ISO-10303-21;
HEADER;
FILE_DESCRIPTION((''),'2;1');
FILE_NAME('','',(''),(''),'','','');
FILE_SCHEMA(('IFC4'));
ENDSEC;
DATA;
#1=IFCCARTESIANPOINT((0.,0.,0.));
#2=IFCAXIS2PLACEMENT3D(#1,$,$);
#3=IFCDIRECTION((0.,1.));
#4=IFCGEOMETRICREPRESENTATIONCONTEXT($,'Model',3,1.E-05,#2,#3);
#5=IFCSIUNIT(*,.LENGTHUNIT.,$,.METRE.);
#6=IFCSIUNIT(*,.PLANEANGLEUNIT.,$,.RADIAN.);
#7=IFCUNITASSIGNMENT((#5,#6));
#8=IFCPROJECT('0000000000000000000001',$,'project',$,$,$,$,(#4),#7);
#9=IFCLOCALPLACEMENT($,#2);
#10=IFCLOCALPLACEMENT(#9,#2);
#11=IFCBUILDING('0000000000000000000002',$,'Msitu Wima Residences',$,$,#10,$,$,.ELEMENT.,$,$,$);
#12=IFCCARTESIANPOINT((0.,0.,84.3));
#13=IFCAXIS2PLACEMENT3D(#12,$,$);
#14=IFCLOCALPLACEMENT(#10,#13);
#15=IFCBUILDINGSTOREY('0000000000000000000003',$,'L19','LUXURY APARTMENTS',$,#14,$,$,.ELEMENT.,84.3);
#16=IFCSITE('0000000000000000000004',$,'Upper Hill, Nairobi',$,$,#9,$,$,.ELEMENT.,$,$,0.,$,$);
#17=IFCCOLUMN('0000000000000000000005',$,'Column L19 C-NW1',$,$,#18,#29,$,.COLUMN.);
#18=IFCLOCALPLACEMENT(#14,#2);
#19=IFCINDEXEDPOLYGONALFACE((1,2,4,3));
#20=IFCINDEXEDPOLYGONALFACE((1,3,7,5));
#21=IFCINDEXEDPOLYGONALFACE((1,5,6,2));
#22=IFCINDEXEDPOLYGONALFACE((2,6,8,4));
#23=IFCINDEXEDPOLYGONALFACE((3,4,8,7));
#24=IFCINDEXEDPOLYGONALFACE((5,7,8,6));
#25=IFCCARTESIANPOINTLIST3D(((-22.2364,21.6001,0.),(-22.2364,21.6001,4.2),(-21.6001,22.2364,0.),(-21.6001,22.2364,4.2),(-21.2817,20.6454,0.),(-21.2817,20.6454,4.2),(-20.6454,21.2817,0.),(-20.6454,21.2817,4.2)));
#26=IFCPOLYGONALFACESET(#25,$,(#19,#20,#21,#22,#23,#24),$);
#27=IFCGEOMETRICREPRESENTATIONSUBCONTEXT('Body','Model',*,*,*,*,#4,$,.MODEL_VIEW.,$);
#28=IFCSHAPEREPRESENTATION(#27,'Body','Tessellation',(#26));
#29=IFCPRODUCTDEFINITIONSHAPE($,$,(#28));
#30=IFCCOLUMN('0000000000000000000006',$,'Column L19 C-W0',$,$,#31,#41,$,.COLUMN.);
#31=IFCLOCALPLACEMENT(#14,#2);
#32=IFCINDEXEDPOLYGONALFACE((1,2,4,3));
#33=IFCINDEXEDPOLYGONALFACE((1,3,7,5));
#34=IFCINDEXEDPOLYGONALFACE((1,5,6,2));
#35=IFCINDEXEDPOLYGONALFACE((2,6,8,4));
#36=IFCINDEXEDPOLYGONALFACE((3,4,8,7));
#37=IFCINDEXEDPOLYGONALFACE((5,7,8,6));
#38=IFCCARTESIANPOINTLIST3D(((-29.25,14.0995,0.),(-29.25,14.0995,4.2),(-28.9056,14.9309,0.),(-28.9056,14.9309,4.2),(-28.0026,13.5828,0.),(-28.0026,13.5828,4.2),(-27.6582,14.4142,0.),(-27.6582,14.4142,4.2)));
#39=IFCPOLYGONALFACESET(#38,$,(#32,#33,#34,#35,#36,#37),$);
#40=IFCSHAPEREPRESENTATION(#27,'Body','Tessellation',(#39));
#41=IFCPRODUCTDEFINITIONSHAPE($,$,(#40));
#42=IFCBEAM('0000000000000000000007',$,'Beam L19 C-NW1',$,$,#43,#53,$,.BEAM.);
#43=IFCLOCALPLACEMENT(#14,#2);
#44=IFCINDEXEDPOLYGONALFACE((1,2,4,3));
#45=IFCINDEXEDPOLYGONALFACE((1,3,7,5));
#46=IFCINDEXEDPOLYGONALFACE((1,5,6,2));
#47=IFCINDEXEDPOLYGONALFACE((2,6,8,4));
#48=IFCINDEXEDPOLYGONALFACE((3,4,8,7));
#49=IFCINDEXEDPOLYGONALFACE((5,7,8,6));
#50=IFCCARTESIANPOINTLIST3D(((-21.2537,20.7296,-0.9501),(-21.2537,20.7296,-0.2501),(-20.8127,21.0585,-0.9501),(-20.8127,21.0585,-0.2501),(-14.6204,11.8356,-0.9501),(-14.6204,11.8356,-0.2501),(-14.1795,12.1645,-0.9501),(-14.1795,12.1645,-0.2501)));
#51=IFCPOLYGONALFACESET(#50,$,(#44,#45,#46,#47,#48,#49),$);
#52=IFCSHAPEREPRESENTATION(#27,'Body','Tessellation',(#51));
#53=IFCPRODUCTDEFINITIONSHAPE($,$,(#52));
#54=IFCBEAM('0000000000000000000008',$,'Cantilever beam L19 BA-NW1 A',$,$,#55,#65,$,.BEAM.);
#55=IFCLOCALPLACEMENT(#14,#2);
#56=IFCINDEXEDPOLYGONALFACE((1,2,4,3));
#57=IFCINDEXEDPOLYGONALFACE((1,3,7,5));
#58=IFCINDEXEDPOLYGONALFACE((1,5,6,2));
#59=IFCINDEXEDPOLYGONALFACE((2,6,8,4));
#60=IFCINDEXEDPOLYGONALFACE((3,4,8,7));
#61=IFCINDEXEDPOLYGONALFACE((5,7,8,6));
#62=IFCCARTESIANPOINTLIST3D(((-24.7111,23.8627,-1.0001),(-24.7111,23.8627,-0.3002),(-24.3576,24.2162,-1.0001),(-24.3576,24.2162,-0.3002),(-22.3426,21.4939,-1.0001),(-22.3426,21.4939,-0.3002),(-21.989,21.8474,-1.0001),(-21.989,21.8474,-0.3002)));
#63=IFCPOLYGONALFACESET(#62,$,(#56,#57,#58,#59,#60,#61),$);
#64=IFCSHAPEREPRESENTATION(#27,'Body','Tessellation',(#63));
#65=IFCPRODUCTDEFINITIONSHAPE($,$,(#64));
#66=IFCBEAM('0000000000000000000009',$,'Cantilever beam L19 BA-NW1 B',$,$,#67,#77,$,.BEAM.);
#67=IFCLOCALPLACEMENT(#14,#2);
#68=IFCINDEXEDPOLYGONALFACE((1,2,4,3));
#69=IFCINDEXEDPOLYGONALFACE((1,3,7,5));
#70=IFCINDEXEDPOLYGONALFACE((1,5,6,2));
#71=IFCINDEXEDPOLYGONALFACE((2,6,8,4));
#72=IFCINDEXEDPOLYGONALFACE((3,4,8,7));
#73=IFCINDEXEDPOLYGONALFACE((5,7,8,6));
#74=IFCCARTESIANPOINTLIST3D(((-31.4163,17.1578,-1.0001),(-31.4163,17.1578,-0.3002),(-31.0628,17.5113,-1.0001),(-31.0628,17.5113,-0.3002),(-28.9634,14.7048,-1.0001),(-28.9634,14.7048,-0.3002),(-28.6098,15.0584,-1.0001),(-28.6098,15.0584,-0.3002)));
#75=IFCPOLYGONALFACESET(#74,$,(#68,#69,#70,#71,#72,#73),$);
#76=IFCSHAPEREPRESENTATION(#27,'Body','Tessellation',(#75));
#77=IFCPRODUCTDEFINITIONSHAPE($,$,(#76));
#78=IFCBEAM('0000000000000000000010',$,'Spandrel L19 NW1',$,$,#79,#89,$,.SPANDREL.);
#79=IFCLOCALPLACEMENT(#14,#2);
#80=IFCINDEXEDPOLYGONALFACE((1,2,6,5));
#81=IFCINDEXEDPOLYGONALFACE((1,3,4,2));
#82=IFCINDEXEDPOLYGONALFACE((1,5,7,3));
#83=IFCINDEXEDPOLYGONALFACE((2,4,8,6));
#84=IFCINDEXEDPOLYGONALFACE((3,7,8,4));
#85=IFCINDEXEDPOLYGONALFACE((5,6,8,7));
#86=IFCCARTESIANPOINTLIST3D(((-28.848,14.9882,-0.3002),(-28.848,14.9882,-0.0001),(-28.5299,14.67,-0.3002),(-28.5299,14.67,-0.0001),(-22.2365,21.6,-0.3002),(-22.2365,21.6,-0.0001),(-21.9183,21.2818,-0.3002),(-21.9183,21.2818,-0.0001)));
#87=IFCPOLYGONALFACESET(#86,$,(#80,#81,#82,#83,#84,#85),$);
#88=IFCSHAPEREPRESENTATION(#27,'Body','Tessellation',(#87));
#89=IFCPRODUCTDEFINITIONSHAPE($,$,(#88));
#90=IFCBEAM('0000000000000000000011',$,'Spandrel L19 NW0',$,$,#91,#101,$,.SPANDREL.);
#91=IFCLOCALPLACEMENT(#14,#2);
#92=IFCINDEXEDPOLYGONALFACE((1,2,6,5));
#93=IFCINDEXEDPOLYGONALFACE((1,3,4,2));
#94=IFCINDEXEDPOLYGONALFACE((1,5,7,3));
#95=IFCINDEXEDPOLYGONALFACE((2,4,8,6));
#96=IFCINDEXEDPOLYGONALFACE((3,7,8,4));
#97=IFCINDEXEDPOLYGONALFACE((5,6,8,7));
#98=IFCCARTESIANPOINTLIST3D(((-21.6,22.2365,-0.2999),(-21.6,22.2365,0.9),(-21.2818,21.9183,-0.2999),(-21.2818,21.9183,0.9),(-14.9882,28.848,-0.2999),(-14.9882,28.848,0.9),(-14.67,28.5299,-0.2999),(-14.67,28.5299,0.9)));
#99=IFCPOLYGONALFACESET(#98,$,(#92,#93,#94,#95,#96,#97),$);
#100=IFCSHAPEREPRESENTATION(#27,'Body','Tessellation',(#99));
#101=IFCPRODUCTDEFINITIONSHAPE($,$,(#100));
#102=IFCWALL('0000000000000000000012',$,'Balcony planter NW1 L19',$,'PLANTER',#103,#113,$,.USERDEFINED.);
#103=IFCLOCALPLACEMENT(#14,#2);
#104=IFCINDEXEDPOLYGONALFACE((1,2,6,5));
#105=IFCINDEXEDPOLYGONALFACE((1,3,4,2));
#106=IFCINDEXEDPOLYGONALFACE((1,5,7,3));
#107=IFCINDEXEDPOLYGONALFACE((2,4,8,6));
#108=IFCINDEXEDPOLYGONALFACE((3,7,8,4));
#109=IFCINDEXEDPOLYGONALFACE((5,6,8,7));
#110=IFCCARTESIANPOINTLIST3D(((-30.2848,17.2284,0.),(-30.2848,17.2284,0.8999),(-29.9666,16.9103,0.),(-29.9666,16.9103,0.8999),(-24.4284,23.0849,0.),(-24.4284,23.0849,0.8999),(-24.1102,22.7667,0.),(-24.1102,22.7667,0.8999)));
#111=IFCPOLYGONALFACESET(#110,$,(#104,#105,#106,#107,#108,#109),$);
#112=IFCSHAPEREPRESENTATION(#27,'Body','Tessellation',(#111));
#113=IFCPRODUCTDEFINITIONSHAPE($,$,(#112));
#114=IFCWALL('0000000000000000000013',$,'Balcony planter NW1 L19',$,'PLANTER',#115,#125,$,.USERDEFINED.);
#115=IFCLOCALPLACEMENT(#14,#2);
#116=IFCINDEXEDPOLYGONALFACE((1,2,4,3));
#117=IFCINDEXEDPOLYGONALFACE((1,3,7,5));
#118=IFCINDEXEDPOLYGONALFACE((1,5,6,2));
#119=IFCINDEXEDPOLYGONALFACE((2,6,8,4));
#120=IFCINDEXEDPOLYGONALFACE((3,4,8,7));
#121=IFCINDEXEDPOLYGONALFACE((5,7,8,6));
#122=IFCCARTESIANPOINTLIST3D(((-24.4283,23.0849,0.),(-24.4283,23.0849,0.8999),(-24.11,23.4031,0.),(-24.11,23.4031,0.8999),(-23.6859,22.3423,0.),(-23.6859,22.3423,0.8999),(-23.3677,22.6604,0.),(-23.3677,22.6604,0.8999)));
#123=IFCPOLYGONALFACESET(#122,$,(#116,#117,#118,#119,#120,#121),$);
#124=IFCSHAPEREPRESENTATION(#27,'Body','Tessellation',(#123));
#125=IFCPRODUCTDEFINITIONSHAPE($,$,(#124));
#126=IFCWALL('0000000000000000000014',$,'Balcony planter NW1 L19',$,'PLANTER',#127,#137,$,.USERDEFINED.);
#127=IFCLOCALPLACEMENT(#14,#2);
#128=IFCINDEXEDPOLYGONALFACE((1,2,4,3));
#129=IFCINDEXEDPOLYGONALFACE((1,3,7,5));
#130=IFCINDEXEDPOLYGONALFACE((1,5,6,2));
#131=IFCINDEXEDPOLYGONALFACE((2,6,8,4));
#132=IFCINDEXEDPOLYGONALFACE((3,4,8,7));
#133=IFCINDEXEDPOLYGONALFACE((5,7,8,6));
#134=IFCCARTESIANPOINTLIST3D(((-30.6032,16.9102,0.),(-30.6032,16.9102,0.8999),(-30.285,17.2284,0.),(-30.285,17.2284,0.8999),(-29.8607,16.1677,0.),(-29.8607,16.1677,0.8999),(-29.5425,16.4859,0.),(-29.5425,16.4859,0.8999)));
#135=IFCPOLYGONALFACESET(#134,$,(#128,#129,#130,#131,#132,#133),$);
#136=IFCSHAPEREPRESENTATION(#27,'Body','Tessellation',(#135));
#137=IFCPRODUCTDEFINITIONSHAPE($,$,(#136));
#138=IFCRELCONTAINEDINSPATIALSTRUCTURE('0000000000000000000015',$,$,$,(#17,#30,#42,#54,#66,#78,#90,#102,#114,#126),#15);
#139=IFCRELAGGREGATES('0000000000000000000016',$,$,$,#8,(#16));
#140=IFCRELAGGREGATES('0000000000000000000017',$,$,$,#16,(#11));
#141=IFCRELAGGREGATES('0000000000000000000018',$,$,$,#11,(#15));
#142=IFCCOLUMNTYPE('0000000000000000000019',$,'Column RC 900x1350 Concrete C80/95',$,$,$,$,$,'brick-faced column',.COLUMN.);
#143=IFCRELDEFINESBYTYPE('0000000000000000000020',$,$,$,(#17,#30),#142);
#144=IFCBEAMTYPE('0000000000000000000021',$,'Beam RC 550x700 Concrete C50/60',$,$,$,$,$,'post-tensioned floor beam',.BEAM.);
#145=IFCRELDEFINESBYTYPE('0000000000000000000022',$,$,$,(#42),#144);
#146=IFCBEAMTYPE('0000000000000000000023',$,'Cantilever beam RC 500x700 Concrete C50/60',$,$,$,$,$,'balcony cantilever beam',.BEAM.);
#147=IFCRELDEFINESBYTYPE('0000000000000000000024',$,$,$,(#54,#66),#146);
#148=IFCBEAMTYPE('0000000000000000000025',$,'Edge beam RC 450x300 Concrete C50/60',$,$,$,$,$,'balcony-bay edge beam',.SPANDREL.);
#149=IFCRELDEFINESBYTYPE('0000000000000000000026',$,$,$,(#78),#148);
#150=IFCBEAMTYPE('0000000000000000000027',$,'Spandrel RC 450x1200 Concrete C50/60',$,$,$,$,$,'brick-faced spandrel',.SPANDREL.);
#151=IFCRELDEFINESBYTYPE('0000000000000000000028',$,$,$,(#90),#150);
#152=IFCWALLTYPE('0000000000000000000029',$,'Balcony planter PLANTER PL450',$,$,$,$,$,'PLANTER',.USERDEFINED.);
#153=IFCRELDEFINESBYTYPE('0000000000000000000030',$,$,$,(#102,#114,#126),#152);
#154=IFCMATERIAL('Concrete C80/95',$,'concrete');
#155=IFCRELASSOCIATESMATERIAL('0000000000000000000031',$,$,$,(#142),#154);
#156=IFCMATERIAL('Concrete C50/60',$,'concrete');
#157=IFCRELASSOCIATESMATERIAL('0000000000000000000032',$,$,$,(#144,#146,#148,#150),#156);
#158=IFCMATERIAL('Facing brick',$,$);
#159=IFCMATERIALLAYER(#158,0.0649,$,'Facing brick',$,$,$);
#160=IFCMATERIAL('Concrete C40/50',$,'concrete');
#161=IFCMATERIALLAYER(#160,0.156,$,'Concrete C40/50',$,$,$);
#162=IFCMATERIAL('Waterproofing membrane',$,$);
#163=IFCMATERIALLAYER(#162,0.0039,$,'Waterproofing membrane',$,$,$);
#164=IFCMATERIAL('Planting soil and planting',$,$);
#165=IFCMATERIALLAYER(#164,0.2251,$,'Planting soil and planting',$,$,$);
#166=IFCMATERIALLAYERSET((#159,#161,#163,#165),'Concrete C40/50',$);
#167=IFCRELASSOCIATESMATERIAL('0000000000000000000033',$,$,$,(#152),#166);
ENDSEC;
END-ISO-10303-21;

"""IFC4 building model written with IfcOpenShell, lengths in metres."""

from ifc_helpers import new_model, si_unit, direction, frame, frame_2d, origin, origin_2d, place, context, subcontext, project, spatial, rectangle, extrude, material, layer, layer_set, material_profile, profile_set, type_object, element, save


model = new_model("IFC4")

# Units and contexts
model_context = context("Model", 3, precision=1e-05, world=origin(), true_north=direction((0.0, 1.0)))
body_context = subcontext(model_context, "Body", "Model", "MODEL_VIEW")
ifc_project = project(units=[si_unit("LENGTHUNIT", "METRE"), si_unit("PLANEANGLEUNIT", "RADIAN")], contexts=[model_context])

# Site, building, storey
site_placement = place(None, origin())
site = spatial("IfcSite", under=ifc_project, at=site_placement, Name="Upper Hill, Nairobi", CompositionType="ELEMENT", RefElevation=0.0)
building_placement = place(site_placement, origin())
building = spatial("IfcBuilding", under=site, at=building_placement, Name="Msitu Wima Residences", CompositionType="ELEMENT")
storey_placement = place(building_placement, frame((0.0, 0.0, 84.3)))
storey = spatial("IfcBuildingStorey", under=building, at=storey_placement, Name="L19", Description="LUXURY APARTMENTS", CompositionType="ELEMENT", Elevation=84.3)

# Columns
ifc_material_1 = material(Name="Concrete C80/95", Category="concrete")
ifc_material_profile_1 = material_profile(ifc_material_1, rectangle(XDim=0.8999, YDim=1.3501, at=origin_2d()), Name="RC 900x1350")
ifc_profile_set_1 = profile_set([ifc_material_profile_1], Name="Concrete C80/95")
column_type = type_object("IfcColumnType", Name="Column RC 900x1350 Concrete C80/95", ElementType="brick-faced column", PredefinedType="COLUMN", material=ifc_profile_set_1)
for number, where, z_axis, x_axis, name in (
    (1, (-21.4409, 21.4409, 0.0), (0.0, 0.0, 1.0), (-0.707107, -0.707107, 0.0), "Column L19 C-NW1"),
    (2, (-28.4541, 14.2568, 0.0), (0.0, 0.0, 1.0), (-0.382683, -0.92388, 0.0), "Column L19 C-W0"),
):
    element("IfcColumn", number, at=place(storey_placement, frame(where, z_axis=z_axis, x_axis=x_axis)), inside=storey, type_object=column_type, Name=name, PredefinedType="COLUMN", context=body_context, shape_type="SweptSolid", body=[
        extrude(rectangle(XDim=0.8999, YDim=1.3501, at=origin_2d()), origin(), (0.0, 0.0, 1.0), 4.2),
    ])

# Beams
ifc_material_2 = material(Name="Concrete C50/60", Category="concrete")
ifc_material_profile_2 = material_profile(ifc_material_2, rectangle(XDim=0.55, YDim=0.7, at=origin_2d()), Name="RC 550x700")
ifc_profile_set_2 = profile_set([ifc_material_profile_2], Name="Concrete C50/60")
beam_type_1 = type_object("IfcBeamType", Name="Beam RC 550x700 Concrete C50/60", ElementType="post-tensioned floor beam", PredefinedType="BEAM", material=ifc_profile_set_2)
beam_1_placement = place(storey_placement, frame((-21.0332, 20.894, -0.6001), z_axis=(0.59785, -0.801608, 0.0), x_axis=(0.801608, 0.59785, 0.0)))
element("IfcBeam", 3, at=beam_1_placement, inside=storey, type_object=beam_type_1, Name="Beam L19 C-NW1", PredefinedType="BEAM", context=body_context, shape_type="SweptSolid", body=[
    extrude(rectangle(XDim=0.55, YDim=0.7, at=origin_2d()), origin(), (0.0, 0.0, 1.0), 11.0952),
])
ifc_material_profile_3 = material_profile(ifc_material_2, rectangle(XDim=0.5, YDim=0.7, at=origin_2d()), Name="RC 500x700")
ifc_profile_set_3 = profile_set([ifc_material_profile_3], Name="Concrete C50/60")
beam_type_2 = type_object("IfcBeamType", Name="Cantilever beam RC 500x700 Concrete C50/60", ElementType="balcony cantilever beam", PredefinedType="BEAM", material=ifc_profile_set_3)
beam_2_placement = place(storey_placement, frame((-22.1658, 21.6707, -0.6501), z_axis=(-0.70707, 0.707143, 0.0), x_axis=(-0.707143, -0.70707, 0.0)))
element("IfcBeam", 4, at=beam_2_placement, inside=storey, type_object=beam_type_2, Name="Cantilever beam L19 BA-NW1 A", PredefinedType="BEAM", context=body_context, shape_type="SweptSolid", body=[
    extrude(rectangle(XDim=0.5, YDim=0.7, at=origin_2d()), origin(), (0.0, 0.0, 1.0), 3.3499),
])
beam_3_placement = place(storey_placement, frame((-28.7866, 14.8816, -0.6501), z_axis=(-0.707107, 0.707107, 0.0), x_axis=(-0.707107, -0.707107, 0.0)))
element("IfcBeam", 5, at=beam_3_placement, inside=storey, type_object=beam_type_2, Name="Cantilever beam L19 BA-NW1 B", PredefinedType="BEAM", context=body_context, shape_type="SweptSolid", body=[
    extrude(rectangle(XDim=0.5, YDim=0.7, at=origin_2d()), origin(), (0.0, 0.0, 1.0), 3.469),
])
ifc_material_profile_4 = material_profile(ifc_material_2, rectangle(XDim=0.45, YDim=0.3, at=origin_2d()), Name="RC 450x300")
ifc_profile_set_4 = profile_set([ifc_material_profile_4], Name="Concrete C50/60")
beam_type_3 = type_object("IfcBeamType", Name="Edge beam RC 450x300 Concrete C50/60", ElementType="balcony-bay edge beam", PredefinedType="SPANDREL", material=ifc_profile_set_4)
beam_4_placement = place(storey_placement, frame((-22.0774, 21.4409, -0.1501), z_axis=(-0.707094, -0.70712, 0.0), x_axis=(0.70712, -0.707094, 0.0)))
element("IfcBeam", 6, at=beam_4_placement, inside=storey, type_object=beam_type_3, Name="Spandrel L19 NW1", PredefinedType="SPANDREL", context=body_context, shape_type="SweptSolid", body=[
    extrude(rectangle(XDim=0.45, YDim=0.3, at=origin_2d()), origin(), (0.0, 0.0, 1.0), 9.3503),
])
ifc_material_profile_5 = material_profile(ifc_material_2, rectangle(XDim=0.45, YDim=1.2, at=origin_2d()), Name="RC 450x1200")
ifc_profile_set_5 = profile_set([ifc_material_profile_5], Name="Concrete C50/60")
beam_type_4 = type_object("IfcBeamType", Name="Spandrel RC 450x1200 Concrete C50/60", ElementType="brick-faced spandrel", PredefinedType="SPANDREL", material=ifc_profile_set_5)
beam_5_placement = place(storey_placement, frame((-14.8291, 28.689, 0.3), z_axis=(-0.70712, -0.707094, 0.0), x_axis=(0.707094, -0.70712, 0.0)))
element("IfcBeam", 7, at=beam_5_placement, inside=storey, type_object=beam_type_4, Name="Spandrel L19 NW0", PredefinedType="SPANDREL", context=body_context, shape_type="SweptSolid", body=[
    extrude(rectangle(XDim=0.45, YDim=1.2, at=origin_2d()), origin(), (0.0, 0.0, 1.0), 9.3503),
])

# Walls
ifc_material_3 = material(Name="Facing brick")
ifc_layer_1 = layer(ifc_material_3, 0.0649, Name="Facing brick")
ifc_material_4 = material(Name="Concrete C40/50", Category="concrete")
ifc_layer_2 = layer(ifc_material_4, 0.156, Name="Concrete C40/50")
ifc_material_5 = material(Name="Waterproofing membrane")
ifc_layer_3 = layer(ifc_material_5, 0.0039, Name="Waterproofing membrane")
ifc_material_6 = material(Name="Planting soil and planting")
ifc_layer_4 = layer(ifc_material_6, 0.2251, Name="Planting soil and planting")
ifc_layer_set_1 = layer_set([ifc_layer_1, ifc_layer_2, ifc_layer_3, ifc_layer_4], Name="Concrete C40/50")
wall_type_1 = type_object("IfcWallType", Name="Balcony planter PLANTER PL450", ElementType="PLANTER", PredefinedType="USERDEFINED", material=ifc_layer_set_1)
wall_1_placement = place(storey_placement, frame((-24.2693, 22.9258, 0.0), z_axis=(0.0, 0.0, 1.0), x_axis=(-0.707107, -0.707107, 0.0)))
element("IfcWall", 8, at=wall_1_placement, inside=storey, type_object=wall_type_1, Name="Balcony planter NW1 L19", ObjectType="PLANTER", PredefinedType="USERDEFINED", context=body_context, shape_type="SweptSolid", body=[
    extrude(rectangle(XDim=8.2822, YDim=0.45, at=frame_2d((4.1411, 0.0))), origin(), (0.0, 0.0, 1.0), 0.8999),
])
for number, where, z_axis, x_axis, name in (
    (9, (-23.5269, 22.5015, 0.0), (0.0, 0.0, 1.0), (-0.706991, 0.707223, 0.0), "Balcony planter NW1 L19"),
    (10, (-29.7017, 16.3269, 0.0), (0.0, 0.0, 1.0), (-0.707107, 0.707107, 0.0), "Balcony planter NW1 L19"),
):
    element("IfcWall", number, at=place(storey_placement, frame(where, z_axis=z_axis, x_axis=x_axis)), inside=storey, type_object=wall_type_1, Name=name, ObjectType="PLANTER", PredefinedType="USERDEFINED", context=body_context, shape_type="SweptSolid", body=[
        extrude(rectangle(XDim=1.05, YDim=0.45, at=frame_2d((0.5249, 0.0))), origin(), (0.0, 0.0, 1.0), 0.8999),
    ])

save(model, "model.ifc")
